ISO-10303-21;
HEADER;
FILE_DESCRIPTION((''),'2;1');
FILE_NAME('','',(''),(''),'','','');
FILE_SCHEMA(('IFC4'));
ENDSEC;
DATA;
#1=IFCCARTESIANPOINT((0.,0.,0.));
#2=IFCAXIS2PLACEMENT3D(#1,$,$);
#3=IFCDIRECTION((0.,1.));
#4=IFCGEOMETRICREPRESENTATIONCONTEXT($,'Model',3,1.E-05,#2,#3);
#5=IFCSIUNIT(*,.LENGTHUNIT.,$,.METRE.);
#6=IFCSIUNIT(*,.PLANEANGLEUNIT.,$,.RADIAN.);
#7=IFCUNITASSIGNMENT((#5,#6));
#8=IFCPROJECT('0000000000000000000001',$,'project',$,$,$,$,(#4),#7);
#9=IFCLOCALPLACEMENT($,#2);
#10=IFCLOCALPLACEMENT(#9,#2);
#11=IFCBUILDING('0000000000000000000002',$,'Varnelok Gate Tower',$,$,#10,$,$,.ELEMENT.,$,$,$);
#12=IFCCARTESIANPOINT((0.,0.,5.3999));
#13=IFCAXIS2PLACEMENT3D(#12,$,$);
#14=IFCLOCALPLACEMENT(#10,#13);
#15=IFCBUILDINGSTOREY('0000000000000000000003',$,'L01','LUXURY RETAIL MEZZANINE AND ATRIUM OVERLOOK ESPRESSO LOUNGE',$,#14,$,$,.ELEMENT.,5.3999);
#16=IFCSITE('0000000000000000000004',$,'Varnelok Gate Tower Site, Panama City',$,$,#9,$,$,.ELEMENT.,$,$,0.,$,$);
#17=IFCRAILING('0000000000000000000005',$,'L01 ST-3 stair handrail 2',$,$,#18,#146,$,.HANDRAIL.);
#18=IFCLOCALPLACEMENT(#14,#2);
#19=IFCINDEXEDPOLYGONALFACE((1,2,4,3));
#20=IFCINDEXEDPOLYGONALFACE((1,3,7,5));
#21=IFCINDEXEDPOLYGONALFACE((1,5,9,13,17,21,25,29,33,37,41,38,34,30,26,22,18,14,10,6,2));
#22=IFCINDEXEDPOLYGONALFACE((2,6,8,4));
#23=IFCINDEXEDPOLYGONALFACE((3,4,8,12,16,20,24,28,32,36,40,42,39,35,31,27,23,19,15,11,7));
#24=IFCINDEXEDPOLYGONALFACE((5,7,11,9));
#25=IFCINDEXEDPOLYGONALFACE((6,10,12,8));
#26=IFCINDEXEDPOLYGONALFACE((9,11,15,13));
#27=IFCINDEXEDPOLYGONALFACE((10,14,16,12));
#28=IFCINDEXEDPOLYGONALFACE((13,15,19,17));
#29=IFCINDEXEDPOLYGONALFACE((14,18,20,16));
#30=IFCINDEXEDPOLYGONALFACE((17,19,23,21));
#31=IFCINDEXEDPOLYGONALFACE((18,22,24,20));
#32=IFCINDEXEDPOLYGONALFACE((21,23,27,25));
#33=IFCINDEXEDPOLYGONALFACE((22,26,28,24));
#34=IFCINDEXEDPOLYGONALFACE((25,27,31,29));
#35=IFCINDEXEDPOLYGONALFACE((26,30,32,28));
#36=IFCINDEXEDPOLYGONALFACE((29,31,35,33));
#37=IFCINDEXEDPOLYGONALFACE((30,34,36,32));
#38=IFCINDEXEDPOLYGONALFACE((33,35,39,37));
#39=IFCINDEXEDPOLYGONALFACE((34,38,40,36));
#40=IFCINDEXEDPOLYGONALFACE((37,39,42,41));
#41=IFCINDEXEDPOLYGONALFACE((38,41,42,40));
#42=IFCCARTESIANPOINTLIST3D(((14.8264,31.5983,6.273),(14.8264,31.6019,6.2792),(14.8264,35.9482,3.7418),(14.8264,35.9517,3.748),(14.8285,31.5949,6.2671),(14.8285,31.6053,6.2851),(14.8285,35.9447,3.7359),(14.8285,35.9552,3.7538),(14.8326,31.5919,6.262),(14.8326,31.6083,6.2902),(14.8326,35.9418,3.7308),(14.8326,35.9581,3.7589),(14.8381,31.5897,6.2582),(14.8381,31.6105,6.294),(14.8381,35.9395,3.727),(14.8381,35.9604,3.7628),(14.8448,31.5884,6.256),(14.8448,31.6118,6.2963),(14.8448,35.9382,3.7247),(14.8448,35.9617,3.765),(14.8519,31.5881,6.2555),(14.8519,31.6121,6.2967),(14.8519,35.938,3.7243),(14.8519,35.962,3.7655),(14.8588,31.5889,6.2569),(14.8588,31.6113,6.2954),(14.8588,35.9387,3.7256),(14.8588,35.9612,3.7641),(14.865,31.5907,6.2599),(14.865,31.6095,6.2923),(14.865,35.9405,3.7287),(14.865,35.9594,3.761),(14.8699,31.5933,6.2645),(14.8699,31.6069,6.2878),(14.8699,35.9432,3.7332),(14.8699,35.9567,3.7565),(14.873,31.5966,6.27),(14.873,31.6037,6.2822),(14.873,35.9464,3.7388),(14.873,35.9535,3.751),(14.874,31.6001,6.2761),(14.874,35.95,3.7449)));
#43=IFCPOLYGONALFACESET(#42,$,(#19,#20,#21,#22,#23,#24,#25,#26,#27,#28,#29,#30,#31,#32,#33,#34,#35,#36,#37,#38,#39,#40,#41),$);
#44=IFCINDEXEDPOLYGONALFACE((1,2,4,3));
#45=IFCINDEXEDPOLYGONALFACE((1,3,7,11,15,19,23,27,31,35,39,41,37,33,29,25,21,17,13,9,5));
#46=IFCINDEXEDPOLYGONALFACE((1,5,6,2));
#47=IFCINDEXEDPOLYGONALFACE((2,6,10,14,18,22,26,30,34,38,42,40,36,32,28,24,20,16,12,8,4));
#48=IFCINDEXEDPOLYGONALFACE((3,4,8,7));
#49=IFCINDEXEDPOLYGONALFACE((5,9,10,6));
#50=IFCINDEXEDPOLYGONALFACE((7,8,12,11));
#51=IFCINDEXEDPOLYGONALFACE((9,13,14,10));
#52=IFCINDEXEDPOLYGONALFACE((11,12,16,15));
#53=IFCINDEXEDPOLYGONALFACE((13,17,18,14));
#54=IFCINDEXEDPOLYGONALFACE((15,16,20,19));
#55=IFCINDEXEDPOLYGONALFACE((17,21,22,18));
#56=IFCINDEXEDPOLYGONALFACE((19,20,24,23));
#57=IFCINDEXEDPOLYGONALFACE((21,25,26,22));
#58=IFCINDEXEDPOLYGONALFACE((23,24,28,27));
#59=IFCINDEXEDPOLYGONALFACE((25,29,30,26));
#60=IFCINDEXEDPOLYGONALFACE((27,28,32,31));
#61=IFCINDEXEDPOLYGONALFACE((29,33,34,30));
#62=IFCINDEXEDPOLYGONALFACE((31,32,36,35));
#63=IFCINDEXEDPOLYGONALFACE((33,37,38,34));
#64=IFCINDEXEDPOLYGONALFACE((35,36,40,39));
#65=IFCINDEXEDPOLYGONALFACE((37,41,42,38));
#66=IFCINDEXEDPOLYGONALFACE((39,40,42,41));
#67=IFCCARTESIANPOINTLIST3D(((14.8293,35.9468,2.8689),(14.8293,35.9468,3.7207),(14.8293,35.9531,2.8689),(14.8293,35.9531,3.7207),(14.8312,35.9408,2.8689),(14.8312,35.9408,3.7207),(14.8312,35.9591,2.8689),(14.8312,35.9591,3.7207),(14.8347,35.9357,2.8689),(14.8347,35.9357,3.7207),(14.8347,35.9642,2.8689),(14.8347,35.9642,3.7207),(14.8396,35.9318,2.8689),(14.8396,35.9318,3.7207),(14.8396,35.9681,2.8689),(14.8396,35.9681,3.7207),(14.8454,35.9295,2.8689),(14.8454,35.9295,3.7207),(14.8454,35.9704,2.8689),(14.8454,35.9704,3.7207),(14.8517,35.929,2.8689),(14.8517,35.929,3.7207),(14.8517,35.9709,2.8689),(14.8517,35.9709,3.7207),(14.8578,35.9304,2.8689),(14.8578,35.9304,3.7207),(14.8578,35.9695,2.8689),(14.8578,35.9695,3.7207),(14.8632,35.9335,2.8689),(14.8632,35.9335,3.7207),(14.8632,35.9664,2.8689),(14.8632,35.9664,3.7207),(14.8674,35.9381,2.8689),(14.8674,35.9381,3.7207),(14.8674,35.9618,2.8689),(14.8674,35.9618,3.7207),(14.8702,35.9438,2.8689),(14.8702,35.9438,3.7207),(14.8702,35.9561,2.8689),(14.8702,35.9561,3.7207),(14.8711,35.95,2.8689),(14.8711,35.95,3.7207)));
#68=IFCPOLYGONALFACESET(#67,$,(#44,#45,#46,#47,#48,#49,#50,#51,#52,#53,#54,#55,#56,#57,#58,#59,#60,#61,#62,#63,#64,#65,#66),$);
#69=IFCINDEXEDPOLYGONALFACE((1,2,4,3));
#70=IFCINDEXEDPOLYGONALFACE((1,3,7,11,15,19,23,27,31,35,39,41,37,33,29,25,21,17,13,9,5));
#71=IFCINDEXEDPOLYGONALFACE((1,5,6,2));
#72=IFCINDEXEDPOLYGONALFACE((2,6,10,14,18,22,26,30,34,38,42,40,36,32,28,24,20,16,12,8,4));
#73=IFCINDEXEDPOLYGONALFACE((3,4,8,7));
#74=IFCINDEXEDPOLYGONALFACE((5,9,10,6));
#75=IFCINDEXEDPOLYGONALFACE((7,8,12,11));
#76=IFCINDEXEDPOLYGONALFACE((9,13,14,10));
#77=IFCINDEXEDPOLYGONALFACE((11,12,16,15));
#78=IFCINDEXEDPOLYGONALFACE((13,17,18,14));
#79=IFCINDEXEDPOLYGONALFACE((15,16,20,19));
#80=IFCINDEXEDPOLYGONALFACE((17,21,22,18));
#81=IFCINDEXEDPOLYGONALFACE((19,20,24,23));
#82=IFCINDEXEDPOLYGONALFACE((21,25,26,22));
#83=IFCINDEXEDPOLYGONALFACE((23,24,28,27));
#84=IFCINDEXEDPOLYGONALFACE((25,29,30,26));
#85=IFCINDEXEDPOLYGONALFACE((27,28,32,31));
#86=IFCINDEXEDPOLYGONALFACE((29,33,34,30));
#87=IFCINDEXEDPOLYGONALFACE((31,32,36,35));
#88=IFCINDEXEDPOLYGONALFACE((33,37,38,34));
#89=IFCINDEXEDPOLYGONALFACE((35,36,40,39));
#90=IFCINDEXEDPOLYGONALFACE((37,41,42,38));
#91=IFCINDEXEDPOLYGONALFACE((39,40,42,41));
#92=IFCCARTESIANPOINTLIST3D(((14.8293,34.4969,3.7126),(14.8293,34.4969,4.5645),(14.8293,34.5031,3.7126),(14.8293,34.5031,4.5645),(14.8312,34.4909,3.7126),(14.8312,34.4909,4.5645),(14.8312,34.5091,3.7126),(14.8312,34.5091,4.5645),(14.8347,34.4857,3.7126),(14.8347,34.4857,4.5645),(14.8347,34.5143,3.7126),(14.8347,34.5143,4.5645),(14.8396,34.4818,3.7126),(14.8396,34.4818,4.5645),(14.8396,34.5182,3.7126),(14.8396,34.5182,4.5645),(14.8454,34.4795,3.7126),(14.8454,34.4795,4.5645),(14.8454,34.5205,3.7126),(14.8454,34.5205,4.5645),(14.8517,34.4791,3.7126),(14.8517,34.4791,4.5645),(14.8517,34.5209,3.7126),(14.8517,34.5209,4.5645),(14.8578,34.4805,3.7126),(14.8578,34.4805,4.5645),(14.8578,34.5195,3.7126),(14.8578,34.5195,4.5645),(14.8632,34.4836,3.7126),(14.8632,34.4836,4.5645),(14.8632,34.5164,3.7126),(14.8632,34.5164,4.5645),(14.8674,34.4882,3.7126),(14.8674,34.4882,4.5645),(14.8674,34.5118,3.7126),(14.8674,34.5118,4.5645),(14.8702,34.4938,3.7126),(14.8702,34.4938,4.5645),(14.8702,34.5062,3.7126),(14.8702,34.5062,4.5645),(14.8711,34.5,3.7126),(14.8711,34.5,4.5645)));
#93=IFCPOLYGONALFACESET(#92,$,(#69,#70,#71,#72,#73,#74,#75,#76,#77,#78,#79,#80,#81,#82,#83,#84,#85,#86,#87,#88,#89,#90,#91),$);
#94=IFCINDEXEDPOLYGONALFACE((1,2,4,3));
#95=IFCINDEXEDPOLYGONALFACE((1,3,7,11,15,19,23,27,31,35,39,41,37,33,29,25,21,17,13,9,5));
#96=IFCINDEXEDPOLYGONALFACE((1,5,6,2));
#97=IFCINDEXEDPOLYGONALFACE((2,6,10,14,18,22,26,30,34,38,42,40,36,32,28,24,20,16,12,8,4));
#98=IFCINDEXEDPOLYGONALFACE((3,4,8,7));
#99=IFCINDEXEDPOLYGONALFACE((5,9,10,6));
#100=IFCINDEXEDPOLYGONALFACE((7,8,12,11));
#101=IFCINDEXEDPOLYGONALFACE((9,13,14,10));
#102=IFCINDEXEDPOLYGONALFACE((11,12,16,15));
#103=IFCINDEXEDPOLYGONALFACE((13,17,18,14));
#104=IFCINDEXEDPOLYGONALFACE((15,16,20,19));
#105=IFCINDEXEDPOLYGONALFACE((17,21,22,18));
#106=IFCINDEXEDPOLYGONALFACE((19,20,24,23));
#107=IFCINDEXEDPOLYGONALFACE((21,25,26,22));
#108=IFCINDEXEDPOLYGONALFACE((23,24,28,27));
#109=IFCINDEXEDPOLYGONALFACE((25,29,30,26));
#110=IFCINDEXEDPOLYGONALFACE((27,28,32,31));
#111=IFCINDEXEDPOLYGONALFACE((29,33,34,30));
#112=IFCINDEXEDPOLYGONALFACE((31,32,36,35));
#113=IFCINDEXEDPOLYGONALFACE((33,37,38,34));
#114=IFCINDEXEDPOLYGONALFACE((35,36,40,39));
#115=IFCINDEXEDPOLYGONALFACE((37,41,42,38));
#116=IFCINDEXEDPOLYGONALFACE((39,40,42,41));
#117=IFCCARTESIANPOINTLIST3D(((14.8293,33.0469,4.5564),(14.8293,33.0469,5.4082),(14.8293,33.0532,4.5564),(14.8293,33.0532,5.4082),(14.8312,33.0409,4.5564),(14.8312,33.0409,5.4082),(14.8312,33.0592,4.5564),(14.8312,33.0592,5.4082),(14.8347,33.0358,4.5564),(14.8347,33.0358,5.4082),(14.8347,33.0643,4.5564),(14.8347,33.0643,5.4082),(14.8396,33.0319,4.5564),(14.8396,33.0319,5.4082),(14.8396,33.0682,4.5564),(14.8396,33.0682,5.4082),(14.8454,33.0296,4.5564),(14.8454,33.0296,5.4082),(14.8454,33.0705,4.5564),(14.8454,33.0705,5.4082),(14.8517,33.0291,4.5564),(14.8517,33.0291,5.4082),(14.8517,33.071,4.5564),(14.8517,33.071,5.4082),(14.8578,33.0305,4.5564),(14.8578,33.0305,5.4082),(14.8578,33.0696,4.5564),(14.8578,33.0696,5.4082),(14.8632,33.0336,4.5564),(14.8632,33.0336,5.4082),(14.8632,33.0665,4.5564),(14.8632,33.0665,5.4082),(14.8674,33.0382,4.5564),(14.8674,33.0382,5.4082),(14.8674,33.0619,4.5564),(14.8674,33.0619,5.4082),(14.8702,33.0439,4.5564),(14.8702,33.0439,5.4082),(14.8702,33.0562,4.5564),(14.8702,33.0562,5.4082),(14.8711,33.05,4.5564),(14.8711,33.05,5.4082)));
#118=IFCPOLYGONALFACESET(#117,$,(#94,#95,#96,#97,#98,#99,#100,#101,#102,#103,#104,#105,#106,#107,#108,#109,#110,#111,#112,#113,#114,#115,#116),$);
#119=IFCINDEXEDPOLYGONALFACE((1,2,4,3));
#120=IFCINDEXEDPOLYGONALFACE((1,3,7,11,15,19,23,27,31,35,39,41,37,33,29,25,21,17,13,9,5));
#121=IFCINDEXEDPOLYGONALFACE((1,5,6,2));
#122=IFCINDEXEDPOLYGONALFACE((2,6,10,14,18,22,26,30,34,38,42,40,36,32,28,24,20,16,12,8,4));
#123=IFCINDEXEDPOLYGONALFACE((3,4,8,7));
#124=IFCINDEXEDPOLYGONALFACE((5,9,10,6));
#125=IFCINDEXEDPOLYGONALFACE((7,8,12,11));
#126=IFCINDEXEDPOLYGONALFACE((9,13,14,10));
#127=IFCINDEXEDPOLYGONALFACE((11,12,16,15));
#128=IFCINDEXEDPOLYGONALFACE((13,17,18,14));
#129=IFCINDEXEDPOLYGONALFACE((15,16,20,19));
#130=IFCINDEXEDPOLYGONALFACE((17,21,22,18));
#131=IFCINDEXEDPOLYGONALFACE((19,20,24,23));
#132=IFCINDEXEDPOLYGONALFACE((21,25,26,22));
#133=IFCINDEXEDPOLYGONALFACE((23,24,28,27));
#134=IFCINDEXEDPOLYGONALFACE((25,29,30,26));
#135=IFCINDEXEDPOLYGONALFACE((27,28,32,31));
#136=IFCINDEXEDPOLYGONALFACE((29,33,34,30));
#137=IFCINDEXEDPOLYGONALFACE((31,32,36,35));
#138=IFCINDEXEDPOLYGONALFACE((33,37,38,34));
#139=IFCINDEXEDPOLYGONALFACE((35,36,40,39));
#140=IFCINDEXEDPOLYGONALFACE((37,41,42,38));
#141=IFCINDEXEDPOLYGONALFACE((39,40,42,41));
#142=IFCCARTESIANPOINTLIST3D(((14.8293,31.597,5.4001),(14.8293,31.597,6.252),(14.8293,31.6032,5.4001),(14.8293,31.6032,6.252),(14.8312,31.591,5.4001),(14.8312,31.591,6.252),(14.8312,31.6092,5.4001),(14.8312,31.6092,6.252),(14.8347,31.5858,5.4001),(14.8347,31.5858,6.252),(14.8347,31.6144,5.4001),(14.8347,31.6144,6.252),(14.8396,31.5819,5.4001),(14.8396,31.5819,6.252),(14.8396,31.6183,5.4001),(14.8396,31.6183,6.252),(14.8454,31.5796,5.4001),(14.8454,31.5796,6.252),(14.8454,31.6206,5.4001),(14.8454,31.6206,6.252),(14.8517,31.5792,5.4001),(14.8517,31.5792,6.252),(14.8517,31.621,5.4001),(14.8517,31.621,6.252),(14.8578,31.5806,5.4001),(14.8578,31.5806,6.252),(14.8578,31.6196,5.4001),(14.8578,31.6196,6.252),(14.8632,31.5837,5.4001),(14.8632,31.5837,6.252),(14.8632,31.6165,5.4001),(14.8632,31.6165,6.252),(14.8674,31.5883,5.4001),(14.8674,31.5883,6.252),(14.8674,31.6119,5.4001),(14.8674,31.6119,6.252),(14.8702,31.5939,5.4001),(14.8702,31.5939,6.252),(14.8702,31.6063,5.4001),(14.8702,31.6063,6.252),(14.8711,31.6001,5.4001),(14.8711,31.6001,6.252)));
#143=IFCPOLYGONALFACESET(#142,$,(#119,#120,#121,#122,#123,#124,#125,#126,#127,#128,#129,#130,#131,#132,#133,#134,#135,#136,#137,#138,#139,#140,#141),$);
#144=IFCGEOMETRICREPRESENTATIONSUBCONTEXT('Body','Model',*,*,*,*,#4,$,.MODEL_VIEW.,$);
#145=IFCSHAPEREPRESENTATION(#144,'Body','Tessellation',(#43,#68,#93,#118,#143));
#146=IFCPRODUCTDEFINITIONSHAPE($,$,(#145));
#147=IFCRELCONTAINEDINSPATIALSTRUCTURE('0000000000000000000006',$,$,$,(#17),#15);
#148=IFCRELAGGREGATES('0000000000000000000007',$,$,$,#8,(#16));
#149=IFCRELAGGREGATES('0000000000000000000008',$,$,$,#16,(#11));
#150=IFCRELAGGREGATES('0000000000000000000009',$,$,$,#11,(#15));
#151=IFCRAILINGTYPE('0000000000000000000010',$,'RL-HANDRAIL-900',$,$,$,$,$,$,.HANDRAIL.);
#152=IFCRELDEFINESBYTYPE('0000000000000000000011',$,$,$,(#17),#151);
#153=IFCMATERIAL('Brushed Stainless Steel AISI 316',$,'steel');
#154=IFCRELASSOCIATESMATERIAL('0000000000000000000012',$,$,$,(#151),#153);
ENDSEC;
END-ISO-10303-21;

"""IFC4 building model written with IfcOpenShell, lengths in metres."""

from ifc_helpers import new_model, si_unit, direction, frame, origin, origin_2d, place, context, subcontext, project, spatial, circle, extrude, material, type_object, element, save


model = new_model("IFC4")

# Units and contexts
model_context = context("Model", 3, precision=1e-05, world=origin(), true_north=direction((0.0, 1.0)))
body_context = subcontext(model_context, "Body", "Model", "MODEL_VIEW")
ifc_project = project(units=[si_unit("LENGTHUNIT", "METRE"), si_unit("PLANEANGLEUNIT", "RADIAN")], contexts=[model_context])

# Site, building, storey
site_placement = place(None, origin())
site = spatial("IfcSite", under=ifc_project, at=site_placement, Name="Varnelok Gate Tower Site, Panama City", CompositionType="ELEMENT", RefElevation=0.0)
building_placement = place(site_placement, origin())
building = spatial("IfcBuilding", under=site, at=building_placement, Name="Varnelok Gate Tower", CompositionType="ELEMENT")
storey_placement = place(building_placement, frame((0.0, 0.0, 5.3999)))
storey = spatial("IfcBuildingStorey", under=building, at=storey_placement, Name="L01", Description="LUXURY RETAIL MEZZANINE AND ATRIUM OVERLOOK ESPRESSO LOUNGE", CompositionType="ELEMENT", Elevation=5.3999)

# Railing
ifc_material_1 = material(Name="Brushed Stainless Steel AISI 316", Category="steel")
railing_type_1 = type_object("IfcRailingType", Name="RL-HANDRAIL-900", PredefinedType="HANDRAIL", material=ifc_material_1)
railing_1_placement = place(storey_placement, frame((14.8501, 35.95, 2.8689)))
element("IfcRailing", 1, at=railing_1_placement, inside=storey, type_object=railing_type_1, Name="L01 ST-3 stair handrail 2", PredefinedType="HANDRAIL", context=body_context, shape_type="SweptSolid", body=[
    extrude(circle(Radius=0.0239, at=origin_2d()), frame((0.0, 0.0, 0.876), z_axis=(0.0, -0.864312, 0.502957), x_axis=(1.0, 0.0, 0.0)), (0.0, 0.0, 1.0), 5.0327),
    extrude(circle(Radius=0.021, at=origin_2d()), origin(), (0.0, 0.0, 1.0), 0.8518),
    extrude(circle(Radius=0.021, at=origin_2d()), frame((0.0, -1.45, 0.8438)), (0.0, 0.0, 1.0), 0.8518),
    extrude(circle(Radius=0.021, at=origin_2d()), frame((0.0, -2.8999, 1.6875)), (0.0, 0.0, 1.0), 0.8518),
    extrude(circle(Radius=0.021, at=origin_2d()), frame((0.0, -4.3499, 2.5312)), (0.0, 0.0, 1.0), 0.8518),
])

save(model, "model.ifc")
